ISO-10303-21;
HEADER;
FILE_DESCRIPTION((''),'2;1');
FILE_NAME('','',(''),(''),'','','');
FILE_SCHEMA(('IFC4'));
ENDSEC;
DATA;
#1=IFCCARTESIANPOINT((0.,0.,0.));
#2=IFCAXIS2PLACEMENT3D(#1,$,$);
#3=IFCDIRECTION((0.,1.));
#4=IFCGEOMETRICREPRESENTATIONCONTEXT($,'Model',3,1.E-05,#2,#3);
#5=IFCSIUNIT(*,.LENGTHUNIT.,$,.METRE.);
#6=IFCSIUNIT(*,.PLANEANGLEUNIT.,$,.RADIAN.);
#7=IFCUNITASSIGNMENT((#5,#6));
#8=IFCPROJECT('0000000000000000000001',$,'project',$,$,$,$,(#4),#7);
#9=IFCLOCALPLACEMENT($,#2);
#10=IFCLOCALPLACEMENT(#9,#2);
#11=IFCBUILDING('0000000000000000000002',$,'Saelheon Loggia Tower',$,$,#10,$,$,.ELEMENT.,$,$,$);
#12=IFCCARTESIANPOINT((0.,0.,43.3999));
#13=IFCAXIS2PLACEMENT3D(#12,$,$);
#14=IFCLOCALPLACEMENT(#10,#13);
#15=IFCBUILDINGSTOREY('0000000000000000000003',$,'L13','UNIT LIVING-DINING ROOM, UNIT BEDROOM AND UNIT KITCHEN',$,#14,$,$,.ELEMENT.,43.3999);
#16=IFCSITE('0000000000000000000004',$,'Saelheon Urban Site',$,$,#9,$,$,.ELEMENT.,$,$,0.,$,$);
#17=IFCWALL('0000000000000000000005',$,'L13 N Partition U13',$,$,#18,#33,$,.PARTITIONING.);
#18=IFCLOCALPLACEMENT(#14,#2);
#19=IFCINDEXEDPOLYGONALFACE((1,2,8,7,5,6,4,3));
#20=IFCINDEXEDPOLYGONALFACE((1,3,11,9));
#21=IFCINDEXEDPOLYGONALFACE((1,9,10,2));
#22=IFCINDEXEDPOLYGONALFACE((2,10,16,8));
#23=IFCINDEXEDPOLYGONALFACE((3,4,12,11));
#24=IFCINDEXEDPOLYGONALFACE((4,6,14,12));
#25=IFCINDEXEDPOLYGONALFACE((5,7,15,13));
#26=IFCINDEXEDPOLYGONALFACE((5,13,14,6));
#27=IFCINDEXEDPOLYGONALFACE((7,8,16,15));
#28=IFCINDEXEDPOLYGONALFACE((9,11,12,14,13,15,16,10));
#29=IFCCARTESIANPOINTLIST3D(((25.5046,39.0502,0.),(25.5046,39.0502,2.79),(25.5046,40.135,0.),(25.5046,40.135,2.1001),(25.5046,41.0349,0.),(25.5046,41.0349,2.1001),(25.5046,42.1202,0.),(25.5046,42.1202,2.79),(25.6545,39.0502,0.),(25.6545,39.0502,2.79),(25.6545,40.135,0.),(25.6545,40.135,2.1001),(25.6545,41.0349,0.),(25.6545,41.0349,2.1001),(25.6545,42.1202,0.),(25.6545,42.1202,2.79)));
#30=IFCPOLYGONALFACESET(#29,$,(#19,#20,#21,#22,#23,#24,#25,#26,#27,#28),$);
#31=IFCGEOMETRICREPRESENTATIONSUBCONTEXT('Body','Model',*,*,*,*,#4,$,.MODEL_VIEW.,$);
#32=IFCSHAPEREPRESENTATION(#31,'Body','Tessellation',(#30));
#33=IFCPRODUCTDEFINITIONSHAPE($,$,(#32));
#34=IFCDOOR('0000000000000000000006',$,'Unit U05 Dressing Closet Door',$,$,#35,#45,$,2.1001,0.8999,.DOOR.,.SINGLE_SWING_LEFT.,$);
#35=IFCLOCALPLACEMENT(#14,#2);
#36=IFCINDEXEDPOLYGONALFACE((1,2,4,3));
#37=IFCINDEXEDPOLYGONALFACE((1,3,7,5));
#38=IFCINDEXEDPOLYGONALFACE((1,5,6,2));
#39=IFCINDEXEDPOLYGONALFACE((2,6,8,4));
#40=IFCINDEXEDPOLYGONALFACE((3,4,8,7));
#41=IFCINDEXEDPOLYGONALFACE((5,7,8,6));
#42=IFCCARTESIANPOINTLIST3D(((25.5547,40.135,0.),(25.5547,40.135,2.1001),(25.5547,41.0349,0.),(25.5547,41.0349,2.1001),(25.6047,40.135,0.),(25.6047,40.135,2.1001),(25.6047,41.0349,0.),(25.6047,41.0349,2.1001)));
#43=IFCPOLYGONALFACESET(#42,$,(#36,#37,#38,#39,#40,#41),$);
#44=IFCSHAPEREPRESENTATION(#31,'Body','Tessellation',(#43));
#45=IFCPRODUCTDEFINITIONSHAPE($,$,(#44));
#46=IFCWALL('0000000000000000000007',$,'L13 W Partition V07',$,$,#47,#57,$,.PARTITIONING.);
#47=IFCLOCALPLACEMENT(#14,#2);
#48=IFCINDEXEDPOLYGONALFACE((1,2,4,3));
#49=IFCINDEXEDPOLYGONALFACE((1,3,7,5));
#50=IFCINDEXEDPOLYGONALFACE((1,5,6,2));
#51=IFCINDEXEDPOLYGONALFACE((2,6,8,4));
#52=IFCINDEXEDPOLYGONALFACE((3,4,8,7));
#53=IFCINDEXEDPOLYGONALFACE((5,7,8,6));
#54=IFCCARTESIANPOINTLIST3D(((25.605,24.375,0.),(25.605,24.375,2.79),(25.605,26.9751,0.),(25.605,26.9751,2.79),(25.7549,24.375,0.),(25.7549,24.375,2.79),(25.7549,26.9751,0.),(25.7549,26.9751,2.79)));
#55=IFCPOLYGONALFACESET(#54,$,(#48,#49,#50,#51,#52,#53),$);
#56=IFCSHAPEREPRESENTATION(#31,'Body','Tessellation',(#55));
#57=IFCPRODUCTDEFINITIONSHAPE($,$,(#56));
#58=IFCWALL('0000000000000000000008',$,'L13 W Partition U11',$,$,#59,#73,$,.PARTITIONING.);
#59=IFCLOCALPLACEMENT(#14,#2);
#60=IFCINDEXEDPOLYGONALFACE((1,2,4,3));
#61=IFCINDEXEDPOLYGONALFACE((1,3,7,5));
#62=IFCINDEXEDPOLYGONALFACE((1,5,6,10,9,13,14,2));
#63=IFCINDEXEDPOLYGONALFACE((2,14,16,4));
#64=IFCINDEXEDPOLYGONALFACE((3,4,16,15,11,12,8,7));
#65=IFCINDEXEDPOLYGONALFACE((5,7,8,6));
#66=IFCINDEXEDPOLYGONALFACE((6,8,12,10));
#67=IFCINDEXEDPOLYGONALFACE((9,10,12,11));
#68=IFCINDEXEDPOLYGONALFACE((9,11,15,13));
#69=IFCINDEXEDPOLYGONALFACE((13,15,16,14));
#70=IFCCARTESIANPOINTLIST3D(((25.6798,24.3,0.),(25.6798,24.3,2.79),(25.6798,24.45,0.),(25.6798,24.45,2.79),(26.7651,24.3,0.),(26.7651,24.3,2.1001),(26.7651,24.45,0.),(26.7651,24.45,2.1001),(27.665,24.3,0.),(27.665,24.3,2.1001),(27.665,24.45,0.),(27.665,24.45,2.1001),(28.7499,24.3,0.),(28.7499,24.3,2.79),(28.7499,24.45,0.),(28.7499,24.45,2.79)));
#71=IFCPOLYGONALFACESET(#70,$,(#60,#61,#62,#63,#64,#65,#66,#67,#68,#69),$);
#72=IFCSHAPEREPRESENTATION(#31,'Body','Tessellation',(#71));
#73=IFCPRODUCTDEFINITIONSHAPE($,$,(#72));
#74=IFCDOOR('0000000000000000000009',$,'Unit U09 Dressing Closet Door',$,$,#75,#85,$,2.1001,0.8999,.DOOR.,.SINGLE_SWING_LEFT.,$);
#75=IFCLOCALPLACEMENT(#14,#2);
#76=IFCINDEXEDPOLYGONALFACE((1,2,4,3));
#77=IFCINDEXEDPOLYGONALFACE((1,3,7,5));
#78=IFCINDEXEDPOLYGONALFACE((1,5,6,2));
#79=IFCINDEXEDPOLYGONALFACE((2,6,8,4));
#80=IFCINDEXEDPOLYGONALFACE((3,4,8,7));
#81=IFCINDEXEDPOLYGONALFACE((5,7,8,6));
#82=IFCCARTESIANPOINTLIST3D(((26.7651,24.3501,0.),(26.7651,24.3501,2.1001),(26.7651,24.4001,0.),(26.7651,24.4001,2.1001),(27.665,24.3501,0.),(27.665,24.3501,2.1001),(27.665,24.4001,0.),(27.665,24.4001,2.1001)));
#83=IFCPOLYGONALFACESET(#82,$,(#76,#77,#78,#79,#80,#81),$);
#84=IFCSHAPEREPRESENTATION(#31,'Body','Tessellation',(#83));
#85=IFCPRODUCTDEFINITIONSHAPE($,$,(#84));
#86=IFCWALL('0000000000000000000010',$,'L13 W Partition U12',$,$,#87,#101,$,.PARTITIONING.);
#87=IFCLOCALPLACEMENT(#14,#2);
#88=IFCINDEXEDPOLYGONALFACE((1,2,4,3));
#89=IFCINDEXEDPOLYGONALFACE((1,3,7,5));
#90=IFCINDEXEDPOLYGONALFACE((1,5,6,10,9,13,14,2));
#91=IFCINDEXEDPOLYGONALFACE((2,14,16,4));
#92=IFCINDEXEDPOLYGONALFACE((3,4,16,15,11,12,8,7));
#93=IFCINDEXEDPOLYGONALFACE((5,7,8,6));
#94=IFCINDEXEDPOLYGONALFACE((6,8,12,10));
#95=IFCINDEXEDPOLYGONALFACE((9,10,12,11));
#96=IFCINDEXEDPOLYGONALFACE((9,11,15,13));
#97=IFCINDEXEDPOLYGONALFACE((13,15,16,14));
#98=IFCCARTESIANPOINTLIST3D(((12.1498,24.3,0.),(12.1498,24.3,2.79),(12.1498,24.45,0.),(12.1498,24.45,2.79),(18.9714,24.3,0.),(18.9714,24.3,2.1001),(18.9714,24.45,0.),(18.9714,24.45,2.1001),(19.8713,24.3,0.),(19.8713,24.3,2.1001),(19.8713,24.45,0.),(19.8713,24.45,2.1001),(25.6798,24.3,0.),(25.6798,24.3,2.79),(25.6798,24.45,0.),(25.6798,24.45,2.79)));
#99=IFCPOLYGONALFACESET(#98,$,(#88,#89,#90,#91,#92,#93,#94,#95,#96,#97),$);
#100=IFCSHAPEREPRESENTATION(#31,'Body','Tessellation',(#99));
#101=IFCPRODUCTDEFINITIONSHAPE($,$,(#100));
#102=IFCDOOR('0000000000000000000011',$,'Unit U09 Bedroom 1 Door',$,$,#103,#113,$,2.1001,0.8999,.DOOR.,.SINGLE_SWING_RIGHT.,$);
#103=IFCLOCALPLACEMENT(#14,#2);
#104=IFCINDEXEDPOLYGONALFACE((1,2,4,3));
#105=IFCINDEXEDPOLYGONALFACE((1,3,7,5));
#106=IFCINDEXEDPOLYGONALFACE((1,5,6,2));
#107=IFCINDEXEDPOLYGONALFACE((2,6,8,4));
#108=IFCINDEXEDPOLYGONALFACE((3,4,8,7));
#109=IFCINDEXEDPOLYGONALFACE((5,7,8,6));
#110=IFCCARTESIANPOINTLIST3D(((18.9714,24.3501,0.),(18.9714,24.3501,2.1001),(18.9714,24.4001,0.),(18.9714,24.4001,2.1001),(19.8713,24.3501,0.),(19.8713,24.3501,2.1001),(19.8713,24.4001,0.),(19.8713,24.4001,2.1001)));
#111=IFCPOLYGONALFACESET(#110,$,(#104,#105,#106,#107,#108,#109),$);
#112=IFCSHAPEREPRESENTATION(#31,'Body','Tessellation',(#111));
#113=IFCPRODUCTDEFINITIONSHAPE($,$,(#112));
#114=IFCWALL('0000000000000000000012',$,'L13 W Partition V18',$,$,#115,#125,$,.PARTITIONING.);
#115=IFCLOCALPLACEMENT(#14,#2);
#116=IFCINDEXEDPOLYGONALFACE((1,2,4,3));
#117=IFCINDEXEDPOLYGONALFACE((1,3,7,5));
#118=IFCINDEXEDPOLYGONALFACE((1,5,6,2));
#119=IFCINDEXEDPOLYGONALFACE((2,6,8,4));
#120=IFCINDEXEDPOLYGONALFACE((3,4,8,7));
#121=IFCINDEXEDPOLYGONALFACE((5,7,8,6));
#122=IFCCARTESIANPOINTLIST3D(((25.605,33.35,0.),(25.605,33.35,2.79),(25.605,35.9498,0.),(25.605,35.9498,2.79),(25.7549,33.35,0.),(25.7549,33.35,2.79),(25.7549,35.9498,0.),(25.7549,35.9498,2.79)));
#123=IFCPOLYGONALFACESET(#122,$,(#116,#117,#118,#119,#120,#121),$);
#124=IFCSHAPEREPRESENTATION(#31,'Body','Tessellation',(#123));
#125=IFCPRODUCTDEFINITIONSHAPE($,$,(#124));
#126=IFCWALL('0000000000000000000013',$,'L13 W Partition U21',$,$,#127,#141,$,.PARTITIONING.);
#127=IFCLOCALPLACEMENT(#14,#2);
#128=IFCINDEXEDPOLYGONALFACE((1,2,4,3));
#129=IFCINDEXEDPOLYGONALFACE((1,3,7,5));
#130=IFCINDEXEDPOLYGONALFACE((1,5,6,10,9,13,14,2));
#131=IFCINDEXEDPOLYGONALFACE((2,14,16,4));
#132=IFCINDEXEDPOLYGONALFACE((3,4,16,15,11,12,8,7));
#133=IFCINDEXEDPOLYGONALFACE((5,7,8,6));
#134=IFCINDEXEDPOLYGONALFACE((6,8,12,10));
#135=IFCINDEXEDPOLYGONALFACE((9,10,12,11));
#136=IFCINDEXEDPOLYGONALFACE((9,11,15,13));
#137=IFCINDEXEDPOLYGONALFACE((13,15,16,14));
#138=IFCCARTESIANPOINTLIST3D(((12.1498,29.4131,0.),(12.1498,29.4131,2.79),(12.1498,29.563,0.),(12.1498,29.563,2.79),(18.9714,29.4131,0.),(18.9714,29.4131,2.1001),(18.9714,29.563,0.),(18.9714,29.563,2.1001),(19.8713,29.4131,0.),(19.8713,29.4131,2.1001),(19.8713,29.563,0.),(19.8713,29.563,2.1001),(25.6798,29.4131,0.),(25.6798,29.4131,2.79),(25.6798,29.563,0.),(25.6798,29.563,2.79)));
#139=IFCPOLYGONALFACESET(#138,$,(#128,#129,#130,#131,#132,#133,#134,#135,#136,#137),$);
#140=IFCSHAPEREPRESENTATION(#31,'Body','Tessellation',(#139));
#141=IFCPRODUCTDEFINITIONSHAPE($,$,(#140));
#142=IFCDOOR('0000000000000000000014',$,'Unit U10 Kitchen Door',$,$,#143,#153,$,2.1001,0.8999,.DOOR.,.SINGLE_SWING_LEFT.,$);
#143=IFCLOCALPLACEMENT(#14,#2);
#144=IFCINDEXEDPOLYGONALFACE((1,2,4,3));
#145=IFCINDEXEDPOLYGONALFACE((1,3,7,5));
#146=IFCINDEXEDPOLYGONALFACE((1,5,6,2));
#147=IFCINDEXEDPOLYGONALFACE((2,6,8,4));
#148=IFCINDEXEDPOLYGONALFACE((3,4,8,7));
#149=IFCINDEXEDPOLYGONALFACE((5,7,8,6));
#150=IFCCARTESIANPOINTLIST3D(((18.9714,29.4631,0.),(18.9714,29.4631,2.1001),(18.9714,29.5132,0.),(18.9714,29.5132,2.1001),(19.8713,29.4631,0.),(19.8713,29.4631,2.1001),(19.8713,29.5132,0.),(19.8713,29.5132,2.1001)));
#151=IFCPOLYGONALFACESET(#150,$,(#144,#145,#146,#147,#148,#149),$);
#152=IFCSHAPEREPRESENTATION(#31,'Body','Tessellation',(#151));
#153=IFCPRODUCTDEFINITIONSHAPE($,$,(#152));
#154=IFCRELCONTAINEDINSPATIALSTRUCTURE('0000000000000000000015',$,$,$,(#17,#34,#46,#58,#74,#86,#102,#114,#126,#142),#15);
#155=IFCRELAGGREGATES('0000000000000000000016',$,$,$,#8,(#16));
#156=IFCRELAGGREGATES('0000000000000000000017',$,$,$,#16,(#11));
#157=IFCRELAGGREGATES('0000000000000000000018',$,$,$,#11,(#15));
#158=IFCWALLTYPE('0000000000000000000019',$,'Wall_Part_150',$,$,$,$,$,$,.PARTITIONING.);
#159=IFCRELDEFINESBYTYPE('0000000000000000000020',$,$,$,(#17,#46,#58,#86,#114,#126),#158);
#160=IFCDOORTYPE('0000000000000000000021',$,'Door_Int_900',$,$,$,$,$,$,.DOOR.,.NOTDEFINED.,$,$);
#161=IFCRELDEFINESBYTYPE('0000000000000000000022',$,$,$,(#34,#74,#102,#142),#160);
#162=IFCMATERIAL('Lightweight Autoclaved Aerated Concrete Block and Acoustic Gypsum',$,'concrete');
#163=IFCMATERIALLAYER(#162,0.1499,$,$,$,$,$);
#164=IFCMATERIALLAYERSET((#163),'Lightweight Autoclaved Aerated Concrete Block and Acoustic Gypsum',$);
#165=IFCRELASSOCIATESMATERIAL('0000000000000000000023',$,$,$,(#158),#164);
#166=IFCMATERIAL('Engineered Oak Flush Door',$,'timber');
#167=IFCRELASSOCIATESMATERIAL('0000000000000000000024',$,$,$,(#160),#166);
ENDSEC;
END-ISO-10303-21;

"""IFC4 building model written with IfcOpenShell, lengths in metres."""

from ifc_helpers import new_model, si_unit, direction, frame, frame_2d, origin, place, context, subcontext, project, spatial, rectangle, extrude, source, transform, mapped, material, layer, layer_set, type_object, element, fill, save


model = new_model("IFC4")

# Units and contexts
model_context = context("Model", 3, precision=1e-05, world=origin(), true_north=direction((0.0, 1.0)))
body_context = subcontext(model_context, "Body", "Model", "MODEL_VIEW")
ifc_project = project(units=[si_unit("LENGTHUNIT", "METRE"), si_unit("PLANEANGLEUNIT", "RADIAN")], contexts=[model_context])

# Site, building, storey
site_placement = place(None, origin())
site = spatial("IfcSite", under=ifc_project, at=site_placement, Name="Saelheon Urban Site", CompositionType="ELEMENT", RefElevation=0.0)
building_placement = place(site_placement, origin())
building = spatial("IfcBuilding", under=site, at=building_placement, Name="Saelheon Loggia Tower", CompositionType="ELEMENT")
storey_placement = place(building_placement, frame((0.0, 0.0, 43.3999)))
storey = spatial("IfcBuildingStorey", under=building, at=storey_placement, Name="L13", Description="UNIT LIVING-DINING ROOM, UNIT BEDROOM AND UNIT KITCHEN", CompositionType="ELEMENT", Elevation=43.3999)

# Wall, opening, door
ifc_material_1 = material(Name="Lightweight Autoclaved Aerated Concrete Block and Acoustic Gypsum", Category="concrete")
ifc_layer_1 = layer(ifc_material_1, 0.1499)
ifc_layer_set_1 = layer_set([ifc_layer_1], Name="Lightweight Autoclaved Aerated Concrete Block and Acoustic Gypsum")
wall_type_1 = type_object("IfcWallType", Name="Wall_Part_150", PredefinedType="PARTITIONING", material=ifc_layer_set_1)
wall_1_placement = place(storey_placement, frame((25.5796, 39.05, 0.0), z_axis=(0.0, 0.0, 1.0), x_axis=(0.0, 1.0, 0.0)))
wall_1 = element("IfcWall", 1, at=wall_1_placement, inside=storey, type_object=wall_type_1, Name="L13 N Partition U13", PredefinedType="PARTITIONING", context=body_context, shape_type="SweptSolid", body=[
    extrude(rectangle(XDim=3.0701, YDim=0.1499, at=frame_2d((1.5352, 0.0))), origin(), (0.0, 0.0, 1.0), 2.79),
])
opening_1_placement = place(wall_1_placement, frame((1.085, 0.0, 0.0)))
opening_1 = element("IfcOpeningElement", 2, at=opening_1_placement, cuts=wall_1, PredefinedType="OPENING", context=body_context, shape_type="SweptSolid", body=[
    extrude(rectangle(XDim=0.8999, YDim=2.1001, at=frame_2d((0.45, 1.05))), frame((0.0, 0.0869, 0.0), z_axis=(0.0, -1.0, 0.0), x_axis=(1.0, 0.0, 0.0)), (0.0, 0.0, 1.0), 0.1738),
])
ifc_material_2 = material(Name="Engineered Oak Flush Door", Category="timber")
door_type_1 = type_object("IfcDoorType", Name="Door_Int_900", OperationType="NOTDEFINED", PredefinedType="DOOR", material=ifc_material_2)
shared_shape_1 = source(origin(), body_context, "Body", "SweptSolid", [
    extrude(rectangle(XDim=0.8999, YDim=2.1001, at=frame_2d((0.45, 1.05))), frame((0.0, 0.0249, 0.0), z_axis=(0.0, -1.0, 0.0), x_axis=(1.0, 0.0, 0.0)), (0.0, 0.0, 1.0), 0.05),
])
door_1_placement = place(opening_1_placement, origin())
door_1 = element("IfcDoor", 3, at=door_1_placement, inside=storey, type_object=door_type_1, Name="Unit U05 Dressing Closet Door", OperationType="SINGLE_SWING_LEFT", OverallHeight=2.1001, OverallWidth=0.8999, PredefinedType="DOOR", context=body_context, shape_type="MappedRepresentation", body=[
    mapped(shared_shape_1, transform((0.0, 0.0, 0.0), scale=1.0)),
])
fill(opening_1, door_1)

# Wall
wall_2_placement = place(storey_placement, frame((25.6799, 24.375, 0.0), z_axis=(0.0, 0.0, 1.0), x_axis=(0.0, 1.0, 0.0)))
element("IfcWall", 4, at=wall_2_placement, inside=storey, type_object=wall_type_1, Name="L13 W Partition V07", PredefinedType="PARTITIONING", context=body_context, shape_type="SweptSolid", body=[
    extrude(rectangle(XDim=2.6001, YDim=0.1499, at=frame_2d((1.3, 0.0))), origin(), (0.0, 0.0, 1.0), 2.79),
])

# Walls, openings, doors
wall_3_placement = place(storey_placement, frame((28.75, 24.375, 0.0), z_axis=(0.0, 0.0, 1.0), x_axis=(-1.0, 0.0, 0.0)))
wall_3 = element("IfcWall", 5, at=wall_3_placement, inside=storey, type_object=wall_type_1, Name="L13 W Partition U11", PredefinedType="PARTITIONING", context=body_context, shape_type="SweptSolid", body=[
    extrude(rectangle(XDim=3.0701, YDim=0.1499, at=frame_2d((1.5352, 0.0))), origin(), (0.0, 0.0, 1.0), 2.79),
])
opening_2_placement = place(wall_3_placement, frame((1.085, 0.0, 0.0)))
opening_2 = element("IfcOpeningElement", 6, at=opening_2_placement, cuts=wall_3, PredefinedType="OPENING", context=body_context, shape_type="SweptSolid", body=[
    extrude(rectangle(XDim=0.8999, YDim=2.1001, at=frame_2d((0.45, 1.05))), frame((0.0, 0.0869, 0.0), z_axis=(0.0, -1.0, 0.0), x_axis=(1.0, 0.0, 0.0)), (0.0, 0.0, 1.0), 0.1738),
])
door_2_placement = place(opening_2_placement, origin())
door_2 = element("IfcDoor", 7, at=door_2_placement, inside=storey, type_object=door_type_1, Name="Unit U09 Dressing Closet Door", OperationType="SINGLE_SWING_LEFT", OverallHeight=2.1001, OverallWidth=0.8999, PredefinedType="DOOR", context=body_context, shape_type="MappedRepresentation", body=[
    mapped(shared_shape_1, transform((0.0, 0.0, 0.0), scale=1.0)),
])
fill(opening_2, door_2)
wall_4_placement = place(storey_placement, frame((25.6799, 24.375, 0.0), z_axis=(0.0, 0.0, 1.0), x_axis=(-1.0, 0.0, 0.0)))
wall_4 = element("IfcWall", 8, at=wall_4_placement, inside=storey, type_object=wall_type_1, Name="L13 W Partition U12", PredefinedType="PARTITIONING", context=body_context, shape_type="SweptSolid", body=[
    extrude(rectangle(XDim=13.53, YDim=0.1499, at=frame_2d((6.7651, 0.0))), origin(), (0.0, 0.0, 1.0), 2.79),
])
opening_3_placement = place(wall_4_placement, frame((5.8086, 0.0, 0.0)))
opening_3 = element("IfcOpeningElement", 9, at=opening_3_placement, cuts=wall_4, PredefinedType="OPENING", context=body_context, shape_type="SweptSolid", body=[
    extrude(rectangle(XDim=0.8999, YDim=2.1001, at=frame_2d((0.45, 1.05))), frame((0.0, 0.0869, 0.0), z_axis=(0.0, -1.0, 0.0), x_axis=(1.0, 0.0, 0.0)), (0.0, 0.0, 1.0), 0.1738),
])
door_3_placement = place(opening_3_placement, origin())
door_3 = element("IfcDoor", 10, at=door_3_placement, inside=storey, type_object=door_type_1, Name="Unit U09 Bedroom 1 Door", OperationType="SINGLE_SWING_RIGHT", OverallHeight=2.1001, OverallWidth=0.8999, PredefinedType="DOOR", context=body_context, shape_type="MappedRepresentation", body=[
    mapped(shared_shape_1, transform((0.0, 0.0, 0.0), scale=1.0)),
])
fill(opening_3, door_3)

# Wall
wall_5_placement = place(storey_placement, frame((25.6799, 33.3501, 0.0), z_axis=(0.0, 0.0, 1.0), x_axis=(0.0, 1.0, 0.0)))
element("IfcWall", 11, at=wall_5_placement, inside=storey, type_object=wall_type_1, Name="L13 W Partition V18", PredefinedType="PARTITIONING", context=body_context, shape_type="SweptSolid", body=[
    extrude(rectangle(XDim=2.5999, YDim=0.1499, at=frame_2d((1.2998, 0.0))), origin(), (0.0, 0.0, 1.0), 2.79),
])

# Wall, opening, door
wall_6_placement = place(storey_placement, frame((25.6799, 29.488, 0.0), z_axis=(0.0, 0.0, 1.0), x_axis=(-1.0, 0.0, 0.0)))
wall_6 = element("IfcWall", 12, at=wall_6_placement, inside=storey, type_object=wall_type_1, Name="L13 W Partition U21", PredefinedType="PARTITIONING", context=body_context, shape_type="SweptSolid", body=[
    extrude(rectangle(XDim=13.53, YDim=0.1499, at=frame_2d((6.7651, 0.0))), origin(), (0.0, 0.0, 1.0), 2.79),
])
opening_4_placement = place(wall_6_placement, frame((5.8086, 0.0, 0.0)))
opening_4 = element("IfcOpeningElement", 13, at=opening_4_placement, cuts=wall_6, PredefinedType="OPENING", context=body_context, shape_type="SweptSolid", body=[
    extrude(rectangle(XDim=0.8999, YDim=2.1001, at=frame_2d((0.45, 1.05))), frame((0.0, 0.0869, 0.0), z_axis=(0.0, -1.0, 0.0), x_axis=(1.0, 0.0, 0.0)), (0.0, 0.0, 1.0), 0.1738),
])
door_4_placement = place(opening_4_placement, origin())
door_4 = element("IfcDoor", 14, at=door_4_placement, inside=storey, type_object=door_type_1, Name="Unit U10 Kitchen Door", OperationType="SINGLE_SWING_LEFT", OverallHeight=2.1001, OverallWidth=0.8999, PredefinedType="DOOR", context=body_context, shape_type="MappedRepresentation", body=[
    mapped(shared_shape_1, transform((0.0, 0.0, 0.0), scale=1.0)),
])
fill(opening_4, door_4)

save(model, "model.ifc")
